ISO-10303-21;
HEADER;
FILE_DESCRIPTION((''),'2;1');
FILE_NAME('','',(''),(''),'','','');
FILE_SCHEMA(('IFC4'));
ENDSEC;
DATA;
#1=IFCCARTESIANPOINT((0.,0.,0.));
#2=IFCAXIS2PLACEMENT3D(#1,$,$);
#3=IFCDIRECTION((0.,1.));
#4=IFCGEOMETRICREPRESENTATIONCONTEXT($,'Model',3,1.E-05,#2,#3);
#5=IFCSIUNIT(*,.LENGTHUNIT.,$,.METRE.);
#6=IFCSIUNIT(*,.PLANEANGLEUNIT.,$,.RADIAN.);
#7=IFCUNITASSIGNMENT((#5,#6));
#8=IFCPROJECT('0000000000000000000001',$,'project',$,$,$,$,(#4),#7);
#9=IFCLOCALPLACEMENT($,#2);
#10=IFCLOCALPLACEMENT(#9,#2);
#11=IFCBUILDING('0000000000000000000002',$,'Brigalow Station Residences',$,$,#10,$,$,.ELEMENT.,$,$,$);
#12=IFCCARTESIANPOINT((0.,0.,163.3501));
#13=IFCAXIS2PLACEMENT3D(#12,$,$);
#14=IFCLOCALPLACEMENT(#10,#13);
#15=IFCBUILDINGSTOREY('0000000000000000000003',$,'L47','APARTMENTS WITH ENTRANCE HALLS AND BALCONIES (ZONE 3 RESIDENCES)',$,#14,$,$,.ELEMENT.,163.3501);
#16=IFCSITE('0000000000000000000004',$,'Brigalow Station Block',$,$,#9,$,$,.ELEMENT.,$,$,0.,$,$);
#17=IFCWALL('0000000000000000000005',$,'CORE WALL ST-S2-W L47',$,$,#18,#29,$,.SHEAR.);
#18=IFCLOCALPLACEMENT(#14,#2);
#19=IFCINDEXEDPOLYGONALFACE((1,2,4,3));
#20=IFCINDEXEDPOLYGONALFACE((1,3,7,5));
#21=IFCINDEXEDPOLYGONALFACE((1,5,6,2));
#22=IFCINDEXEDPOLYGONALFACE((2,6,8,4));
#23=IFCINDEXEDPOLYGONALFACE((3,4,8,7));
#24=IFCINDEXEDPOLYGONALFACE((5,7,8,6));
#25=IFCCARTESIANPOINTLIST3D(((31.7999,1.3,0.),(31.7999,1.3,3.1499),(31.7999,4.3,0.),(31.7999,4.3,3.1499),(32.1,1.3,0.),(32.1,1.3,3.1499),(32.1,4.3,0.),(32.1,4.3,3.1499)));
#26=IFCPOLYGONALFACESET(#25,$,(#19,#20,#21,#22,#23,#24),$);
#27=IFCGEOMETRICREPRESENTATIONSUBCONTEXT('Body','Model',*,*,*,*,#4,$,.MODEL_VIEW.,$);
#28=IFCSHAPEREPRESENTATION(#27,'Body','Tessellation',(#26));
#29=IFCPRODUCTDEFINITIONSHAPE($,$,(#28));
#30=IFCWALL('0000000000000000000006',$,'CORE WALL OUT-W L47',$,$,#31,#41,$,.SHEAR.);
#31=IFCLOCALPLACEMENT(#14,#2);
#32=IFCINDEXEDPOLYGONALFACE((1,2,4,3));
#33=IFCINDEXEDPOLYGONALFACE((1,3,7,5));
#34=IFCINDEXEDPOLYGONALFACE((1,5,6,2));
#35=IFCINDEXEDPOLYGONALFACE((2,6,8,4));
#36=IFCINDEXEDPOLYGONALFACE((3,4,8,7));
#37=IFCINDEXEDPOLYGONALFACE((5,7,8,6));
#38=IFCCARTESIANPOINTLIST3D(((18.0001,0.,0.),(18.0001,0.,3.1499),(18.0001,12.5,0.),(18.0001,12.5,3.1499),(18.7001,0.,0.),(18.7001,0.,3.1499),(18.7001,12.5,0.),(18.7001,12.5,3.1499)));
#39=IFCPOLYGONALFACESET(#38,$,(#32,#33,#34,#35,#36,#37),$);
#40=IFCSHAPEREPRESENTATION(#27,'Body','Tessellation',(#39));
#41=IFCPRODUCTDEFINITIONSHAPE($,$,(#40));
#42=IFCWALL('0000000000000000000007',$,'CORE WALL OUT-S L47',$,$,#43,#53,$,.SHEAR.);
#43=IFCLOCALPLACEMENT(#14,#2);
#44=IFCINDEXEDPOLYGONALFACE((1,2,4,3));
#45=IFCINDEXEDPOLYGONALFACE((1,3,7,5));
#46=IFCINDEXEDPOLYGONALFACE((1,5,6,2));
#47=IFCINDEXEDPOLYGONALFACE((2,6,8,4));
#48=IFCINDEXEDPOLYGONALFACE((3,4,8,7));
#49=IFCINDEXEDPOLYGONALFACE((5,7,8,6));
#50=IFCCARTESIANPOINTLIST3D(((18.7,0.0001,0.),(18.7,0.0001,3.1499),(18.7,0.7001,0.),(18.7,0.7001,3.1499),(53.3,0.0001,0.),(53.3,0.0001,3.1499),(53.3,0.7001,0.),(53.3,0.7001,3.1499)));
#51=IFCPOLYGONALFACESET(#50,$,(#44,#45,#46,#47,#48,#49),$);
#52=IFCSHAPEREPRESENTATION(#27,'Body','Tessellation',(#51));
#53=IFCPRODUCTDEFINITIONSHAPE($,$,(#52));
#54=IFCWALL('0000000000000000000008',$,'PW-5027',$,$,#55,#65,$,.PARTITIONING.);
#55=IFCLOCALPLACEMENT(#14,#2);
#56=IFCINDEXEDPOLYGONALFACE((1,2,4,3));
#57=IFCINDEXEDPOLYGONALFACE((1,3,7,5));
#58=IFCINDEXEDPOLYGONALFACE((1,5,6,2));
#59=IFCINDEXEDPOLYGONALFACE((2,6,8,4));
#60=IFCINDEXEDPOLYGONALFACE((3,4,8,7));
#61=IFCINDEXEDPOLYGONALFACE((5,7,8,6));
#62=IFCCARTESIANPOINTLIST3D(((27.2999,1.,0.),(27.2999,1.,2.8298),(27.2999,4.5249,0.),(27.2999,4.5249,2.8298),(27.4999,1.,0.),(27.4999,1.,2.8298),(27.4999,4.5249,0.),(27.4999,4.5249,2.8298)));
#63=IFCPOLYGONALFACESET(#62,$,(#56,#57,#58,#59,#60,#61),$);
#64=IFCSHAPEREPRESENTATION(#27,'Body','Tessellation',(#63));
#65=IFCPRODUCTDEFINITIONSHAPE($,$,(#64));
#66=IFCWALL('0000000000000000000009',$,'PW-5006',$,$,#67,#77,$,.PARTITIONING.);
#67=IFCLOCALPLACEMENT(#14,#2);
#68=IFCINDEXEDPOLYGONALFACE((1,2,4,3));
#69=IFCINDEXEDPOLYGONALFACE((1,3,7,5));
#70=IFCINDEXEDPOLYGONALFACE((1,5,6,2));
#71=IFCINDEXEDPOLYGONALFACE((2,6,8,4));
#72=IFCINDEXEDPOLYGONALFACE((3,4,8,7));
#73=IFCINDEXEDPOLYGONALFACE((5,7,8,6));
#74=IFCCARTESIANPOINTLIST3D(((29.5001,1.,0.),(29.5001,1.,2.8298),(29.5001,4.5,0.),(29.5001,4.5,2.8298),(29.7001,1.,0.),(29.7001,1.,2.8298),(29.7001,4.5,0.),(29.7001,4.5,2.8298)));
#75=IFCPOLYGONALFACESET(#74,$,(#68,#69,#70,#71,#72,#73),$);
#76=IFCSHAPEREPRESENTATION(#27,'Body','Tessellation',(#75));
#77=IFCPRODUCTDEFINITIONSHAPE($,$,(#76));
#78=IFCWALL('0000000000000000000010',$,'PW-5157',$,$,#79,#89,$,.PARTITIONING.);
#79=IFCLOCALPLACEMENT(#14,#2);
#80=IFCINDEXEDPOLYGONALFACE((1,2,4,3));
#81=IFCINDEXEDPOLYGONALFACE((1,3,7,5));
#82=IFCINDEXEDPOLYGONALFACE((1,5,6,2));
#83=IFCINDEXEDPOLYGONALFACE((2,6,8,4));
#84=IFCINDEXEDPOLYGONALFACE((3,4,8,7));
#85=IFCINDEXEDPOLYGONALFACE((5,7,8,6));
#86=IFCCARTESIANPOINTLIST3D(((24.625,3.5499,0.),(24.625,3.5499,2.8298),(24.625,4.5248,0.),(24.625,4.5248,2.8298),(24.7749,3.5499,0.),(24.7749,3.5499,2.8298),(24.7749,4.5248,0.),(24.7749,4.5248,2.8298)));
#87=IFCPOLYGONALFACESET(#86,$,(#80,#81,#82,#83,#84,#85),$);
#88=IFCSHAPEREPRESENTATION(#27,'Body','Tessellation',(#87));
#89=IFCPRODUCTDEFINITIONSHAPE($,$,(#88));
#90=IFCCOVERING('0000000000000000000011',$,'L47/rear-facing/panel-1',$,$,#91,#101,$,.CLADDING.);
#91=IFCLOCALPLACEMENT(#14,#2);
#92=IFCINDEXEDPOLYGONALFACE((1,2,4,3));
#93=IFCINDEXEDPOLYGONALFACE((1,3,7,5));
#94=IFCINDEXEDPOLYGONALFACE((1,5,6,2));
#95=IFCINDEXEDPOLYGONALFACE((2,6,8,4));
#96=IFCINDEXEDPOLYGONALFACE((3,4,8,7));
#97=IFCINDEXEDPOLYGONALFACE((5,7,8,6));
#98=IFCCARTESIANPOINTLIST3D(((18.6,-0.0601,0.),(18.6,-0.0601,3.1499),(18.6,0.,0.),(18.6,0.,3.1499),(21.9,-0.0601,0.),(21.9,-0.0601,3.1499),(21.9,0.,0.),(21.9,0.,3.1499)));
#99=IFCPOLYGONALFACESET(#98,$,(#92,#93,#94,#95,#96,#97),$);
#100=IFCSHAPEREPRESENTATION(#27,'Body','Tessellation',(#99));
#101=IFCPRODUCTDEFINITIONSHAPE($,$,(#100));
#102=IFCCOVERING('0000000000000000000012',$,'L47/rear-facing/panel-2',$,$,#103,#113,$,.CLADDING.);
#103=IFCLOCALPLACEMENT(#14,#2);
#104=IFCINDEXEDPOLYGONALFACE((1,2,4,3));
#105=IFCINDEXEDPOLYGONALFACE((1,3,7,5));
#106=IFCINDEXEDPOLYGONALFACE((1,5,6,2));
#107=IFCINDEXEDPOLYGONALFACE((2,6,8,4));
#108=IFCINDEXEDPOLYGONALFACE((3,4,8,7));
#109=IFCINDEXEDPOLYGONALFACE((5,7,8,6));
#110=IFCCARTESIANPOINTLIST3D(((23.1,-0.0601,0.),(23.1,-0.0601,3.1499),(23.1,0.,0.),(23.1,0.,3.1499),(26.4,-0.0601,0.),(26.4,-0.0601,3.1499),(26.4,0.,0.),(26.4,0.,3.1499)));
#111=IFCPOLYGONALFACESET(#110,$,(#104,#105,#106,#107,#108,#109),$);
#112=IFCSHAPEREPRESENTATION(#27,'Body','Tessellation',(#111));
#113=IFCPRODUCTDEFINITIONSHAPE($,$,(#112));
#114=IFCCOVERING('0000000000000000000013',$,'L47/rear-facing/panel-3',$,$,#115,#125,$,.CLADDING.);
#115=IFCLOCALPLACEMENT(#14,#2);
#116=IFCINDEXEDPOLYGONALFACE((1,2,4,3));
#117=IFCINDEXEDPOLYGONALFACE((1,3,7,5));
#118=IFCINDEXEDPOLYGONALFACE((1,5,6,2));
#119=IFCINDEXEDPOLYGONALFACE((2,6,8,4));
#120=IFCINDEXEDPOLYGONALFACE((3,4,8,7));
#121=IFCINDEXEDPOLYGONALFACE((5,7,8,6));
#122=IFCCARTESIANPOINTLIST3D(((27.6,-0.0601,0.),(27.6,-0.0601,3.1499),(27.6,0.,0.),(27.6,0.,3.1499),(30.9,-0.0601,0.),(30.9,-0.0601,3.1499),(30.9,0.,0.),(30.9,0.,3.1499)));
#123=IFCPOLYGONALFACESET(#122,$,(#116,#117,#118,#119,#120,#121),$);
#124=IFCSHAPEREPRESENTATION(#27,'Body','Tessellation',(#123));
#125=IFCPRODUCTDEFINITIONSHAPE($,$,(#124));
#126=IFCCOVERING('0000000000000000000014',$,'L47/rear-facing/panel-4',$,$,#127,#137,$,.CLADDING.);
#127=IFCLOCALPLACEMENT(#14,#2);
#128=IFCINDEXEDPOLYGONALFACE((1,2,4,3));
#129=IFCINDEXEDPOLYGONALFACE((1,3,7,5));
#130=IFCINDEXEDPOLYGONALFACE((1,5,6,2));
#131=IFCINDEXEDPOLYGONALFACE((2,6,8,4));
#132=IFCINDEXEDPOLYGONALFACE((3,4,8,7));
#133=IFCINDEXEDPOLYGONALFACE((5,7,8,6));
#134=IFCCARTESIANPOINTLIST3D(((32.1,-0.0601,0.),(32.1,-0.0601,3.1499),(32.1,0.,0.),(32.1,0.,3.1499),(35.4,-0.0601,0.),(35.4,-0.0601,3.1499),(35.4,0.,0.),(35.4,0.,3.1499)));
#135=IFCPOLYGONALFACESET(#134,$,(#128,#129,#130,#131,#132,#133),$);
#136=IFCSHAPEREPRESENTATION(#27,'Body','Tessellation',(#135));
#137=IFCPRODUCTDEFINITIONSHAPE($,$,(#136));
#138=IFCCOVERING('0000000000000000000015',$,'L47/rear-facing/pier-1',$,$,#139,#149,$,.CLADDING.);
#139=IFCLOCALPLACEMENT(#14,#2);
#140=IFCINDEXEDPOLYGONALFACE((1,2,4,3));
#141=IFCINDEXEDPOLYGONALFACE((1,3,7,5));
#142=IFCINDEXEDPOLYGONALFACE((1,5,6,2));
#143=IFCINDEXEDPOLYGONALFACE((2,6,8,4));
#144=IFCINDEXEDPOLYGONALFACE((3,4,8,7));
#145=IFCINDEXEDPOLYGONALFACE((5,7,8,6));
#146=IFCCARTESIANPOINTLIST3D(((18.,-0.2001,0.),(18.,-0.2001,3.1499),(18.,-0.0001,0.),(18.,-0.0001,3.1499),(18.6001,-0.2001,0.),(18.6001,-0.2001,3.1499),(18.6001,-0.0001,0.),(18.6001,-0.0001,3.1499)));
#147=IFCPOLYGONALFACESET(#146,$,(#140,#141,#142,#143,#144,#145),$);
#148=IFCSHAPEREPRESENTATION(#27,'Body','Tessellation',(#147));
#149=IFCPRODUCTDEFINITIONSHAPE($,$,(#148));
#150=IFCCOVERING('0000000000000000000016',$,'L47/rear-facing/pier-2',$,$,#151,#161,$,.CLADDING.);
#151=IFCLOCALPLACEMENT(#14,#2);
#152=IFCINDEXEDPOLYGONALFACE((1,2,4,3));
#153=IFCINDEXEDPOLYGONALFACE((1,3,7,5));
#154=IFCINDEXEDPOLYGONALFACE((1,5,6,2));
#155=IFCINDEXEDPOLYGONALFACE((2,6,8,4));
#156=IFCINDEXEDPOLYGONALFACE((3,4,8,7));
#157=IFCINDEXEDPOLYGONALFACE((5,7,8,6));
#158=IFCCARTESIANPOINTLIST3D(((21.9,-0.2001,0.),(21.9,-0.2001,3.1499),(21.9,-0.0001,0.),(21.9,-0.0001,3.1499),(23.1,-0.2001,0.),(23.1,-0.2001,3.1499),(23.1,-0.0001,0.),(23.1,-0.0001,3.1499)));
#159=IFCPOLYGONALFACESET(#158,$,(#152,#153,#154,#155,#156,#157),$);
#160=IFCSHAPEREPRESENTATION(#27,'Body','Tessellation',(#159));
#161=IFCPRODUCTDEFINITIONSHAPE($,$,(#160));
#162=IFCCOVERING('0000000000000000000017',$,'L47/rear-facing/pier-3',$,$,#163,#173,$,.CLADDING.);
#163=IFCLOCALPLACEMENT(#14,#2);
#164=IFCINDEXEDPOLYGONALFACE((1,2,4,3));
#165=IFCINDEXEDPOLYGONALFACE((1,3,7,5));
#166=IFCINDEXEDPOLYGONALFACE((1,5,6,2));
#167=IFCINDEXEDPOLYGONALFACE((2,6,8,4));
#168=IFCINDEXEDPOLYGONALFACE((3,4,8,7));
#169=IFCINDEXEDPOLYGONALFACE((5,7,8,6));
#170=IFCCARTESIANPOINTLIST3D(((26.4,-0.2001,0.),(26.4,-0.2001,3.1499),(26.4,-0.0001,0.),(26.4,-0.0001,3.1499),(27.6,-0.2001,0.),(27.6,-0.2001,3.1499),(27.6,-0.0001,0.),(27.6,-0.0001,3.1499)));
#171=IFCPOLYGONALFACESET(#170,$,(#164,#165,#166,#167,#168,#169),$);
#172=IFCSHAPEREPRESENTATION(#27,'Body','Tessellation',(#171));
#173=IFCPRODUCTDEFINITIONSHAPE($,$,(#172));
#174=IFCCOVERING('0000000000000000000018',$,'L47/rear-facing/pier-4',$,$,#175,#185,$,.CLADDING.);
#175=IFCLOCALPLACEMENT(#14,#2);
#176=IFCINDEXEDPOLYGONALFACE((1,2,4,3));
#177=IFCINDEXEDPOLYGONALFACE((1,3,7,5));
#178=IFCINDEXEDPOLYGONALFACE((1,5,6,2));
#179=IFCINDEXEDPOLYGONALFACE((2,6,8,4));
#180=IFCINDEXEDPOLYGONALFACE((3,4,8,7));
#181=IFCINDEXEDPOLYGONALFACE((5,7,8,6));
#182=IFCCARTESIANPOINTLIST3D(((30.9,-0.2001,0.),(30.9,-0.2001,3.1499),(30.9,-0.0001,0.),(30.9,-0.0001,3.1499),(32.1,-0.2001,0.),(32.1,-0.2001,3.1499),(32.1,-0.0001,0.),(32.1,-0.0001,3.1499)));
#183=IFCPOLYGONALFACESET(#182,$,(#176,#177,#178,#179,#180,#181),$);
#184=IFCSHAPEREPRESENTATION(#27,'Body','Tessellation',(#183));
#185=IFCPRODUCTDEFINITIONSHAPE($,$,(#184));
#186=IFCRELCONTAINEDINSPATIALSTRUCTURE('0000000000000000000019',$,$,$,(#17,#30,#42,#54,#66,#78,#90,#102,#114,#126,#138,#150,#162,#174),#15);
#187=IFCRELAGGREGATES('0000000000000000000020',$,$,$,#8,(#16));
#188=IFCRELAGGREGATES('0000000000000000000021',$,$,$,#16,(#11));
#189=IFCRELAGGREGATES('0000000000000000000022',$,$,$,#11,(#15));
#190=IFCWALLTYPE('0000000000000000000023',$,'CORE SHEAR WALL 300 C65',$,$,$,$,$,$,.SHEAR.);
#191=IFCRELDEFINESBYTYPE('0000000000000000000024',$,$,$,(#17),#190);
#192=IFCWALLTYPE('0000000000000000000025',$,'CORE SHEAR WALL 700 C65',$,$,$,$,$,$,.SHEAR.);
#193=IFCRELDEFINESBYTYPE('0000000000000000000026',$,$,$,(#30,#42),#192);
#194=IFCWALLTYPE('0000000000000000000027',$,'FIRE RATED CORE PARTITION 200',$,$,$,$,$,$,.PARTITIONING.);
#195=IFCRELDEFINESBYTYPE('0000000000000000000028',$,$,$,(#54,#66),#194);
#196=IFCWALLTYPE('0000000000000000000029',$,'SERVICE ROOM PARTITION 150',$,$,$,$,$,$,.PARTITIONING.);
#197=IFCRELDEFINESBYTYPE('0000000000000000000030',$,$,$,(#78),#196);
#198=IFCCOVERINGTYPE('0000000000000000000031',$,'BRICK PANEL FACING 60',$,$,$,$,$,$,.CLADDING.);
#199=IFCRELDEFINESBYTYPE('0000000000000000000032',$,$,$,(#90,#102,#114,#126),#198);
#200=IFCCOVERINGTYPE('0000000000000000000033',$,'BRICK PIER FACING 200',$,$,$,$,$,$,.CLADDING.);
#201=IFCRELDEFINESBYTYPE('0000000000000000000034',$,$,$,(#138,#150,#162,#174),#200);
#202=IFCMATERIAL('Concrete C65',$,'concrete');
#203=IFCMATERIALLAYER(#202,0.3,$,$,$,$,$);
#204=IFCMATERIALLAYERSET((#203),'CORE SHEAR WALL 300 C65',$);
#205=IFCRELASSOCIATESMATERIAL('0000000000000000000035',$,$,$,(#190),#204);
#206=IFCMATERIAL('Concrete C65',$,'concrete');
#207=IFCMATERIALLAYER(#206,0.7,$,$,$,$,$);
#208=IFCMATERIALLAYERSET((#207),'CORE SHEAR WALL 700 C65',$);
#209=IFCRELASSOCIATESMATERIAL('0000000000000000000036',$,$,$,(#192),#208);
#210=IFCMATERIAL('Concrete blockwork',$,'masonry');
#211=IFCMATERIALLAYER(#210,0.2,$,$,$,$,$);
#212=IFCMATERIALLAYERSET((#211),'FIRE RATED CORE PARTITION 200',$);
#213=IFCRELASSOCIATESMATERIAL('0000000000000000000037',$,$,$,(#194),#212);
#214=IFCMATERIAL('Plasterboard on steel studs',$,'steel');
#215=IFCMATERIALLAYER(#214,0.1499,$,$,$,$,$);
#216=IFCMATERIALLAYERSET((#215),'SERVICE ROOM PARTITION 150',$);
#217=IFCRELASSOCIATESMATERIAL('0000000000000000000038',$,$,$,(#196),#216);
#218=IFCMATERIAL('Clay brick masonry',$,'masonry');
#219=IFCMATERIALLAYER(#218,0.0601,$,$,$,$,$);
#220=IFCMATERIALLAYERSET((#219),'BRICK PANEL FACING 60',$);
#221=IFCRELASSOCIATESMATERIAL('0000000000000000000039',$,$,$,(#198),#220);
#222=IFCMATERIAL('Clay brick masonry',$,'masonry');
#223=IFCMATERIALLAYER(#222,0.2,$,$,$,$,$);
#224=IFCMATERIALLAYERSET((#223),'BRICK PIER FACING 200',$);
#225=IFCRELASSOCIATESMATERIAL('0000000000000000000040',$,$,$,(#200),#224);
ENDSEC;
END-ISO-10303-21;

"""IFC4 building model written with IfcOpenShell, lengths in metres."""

from ifc_helpers import new_model, si_unit, direction, frame, frame_2d, origin, origin_2d, place, context, subcontext, project, spatial, rectangle, extrude, material, layer, layer_set, type_object, element, save


model = new_model("IFC4")

# Units and contexts
model_context = context("Model", 3, precision=1e-05, world=origin(), true_north=direction((0.0, 1.0)))
body_context = subcontext(model_context, "Body", "Model", "MODEL_VIEW")
ifc_project = project(units=[si_unit("LENGTHUNIT", "METRE"), si_unit("PLANEANGLEUNIT", "RADIAN")], contexts=[model_context])

# Site, building, storey
site_placement = place(None, origin())
site = spatial("IfcSite", under=ifc_project, at=site_placement, Name="Brigalow Station Block", CompositionType="ELEMENT", RefElevation=0.0)
building_placement = place(site_placement, origin())
building = spatial("IfcBuilding", under=site, at=building_placement, Name="Brigalow Station Residences", CompositionType="ELEMENT")
storey_placement = place(building_placement, frame((0.0, 0.0, 163.3501)))
storey = spatial("IfcBuildingStorey", under=building, at=storey_placement, Name="L47", Description="APARTMENTS WITH ENTRANCE HALLS AND BALCONIES (ZONE 3 RESIDENCES)", CompositionType="ELEMENT", Elevation=163.3501)

# Shared definitions
ifc_material_1 = material(Name="Concrete C65", Category="concrete")
ifc_layer_1 = layer(ifc_material_1, 0.3)
ifc_layer_set_1 = layer_set([ifc_layer_1], Name="CORE SHEAR WALL 300 C65")
wall_type_1 = type_object("IfcWallType", Name="CORE SHEAR WALL 300 C65", PredefinedType="SHEAR", material=ifc_layer_set_1)

# Walls
wall_1_placement = place(storey_placement, frame((31.95, 1.3, 0.0), z_axis=(0.0, 0.0, 1.0), x_axis=(0.0, 1.0, 0.0)))
element("IfcWall", 1, at=wall_1_placement, inside=storey, type_object=wall_type_1, Name="CORE WALL ST-S2-W L47", PredefinedType="SHEAR", context=body_context, shape_type="SweptSolid", body=[
    extrude(rectangle(XDim=3.0, YDim=0.3, at=frame_2d((1.5, 0.0))), origin(), (0.0, 0.0, 1.0), 3.1499),
])
ifc_material_2 = material(Name="Concrete C65", Category="concrete")
ifc_layer_2 = layer(ifc_material_2, 0.7)
ifc_layer_set_2 = layer_set([ifc_layer_2], Name="CORE SHEAR WALL 700 C65")
wall_type_2 = type_object("IfcWallType", Name="CORE SHEAR WALL 700 C65", PredefinedType="SHEAR", material=ifc_layer_set_2)
wall_2_placement = place(storey_placement, frame((18.3501, 0.0, 0.0), z_axis=(0.0, 0.0, 1.0), x_axis=(0.0, 1.0, 0.0)))
element("IfcWall", 2, at=wall_2_placement, inside=storey, type_object=wall_type_2, Name="CORE WALL OUT-W L47", PredefinedType="SHEAR", context=body_context, shape_type="SweptSolid", body=[
    extrude(rectangle(XDim=12.5, YDim=0.7, at=frame_2d((6.25, 0.0))), origin(), (0.0, 0.0, 1.0), 3.1499),
])
wall_3_placement = place(storey_placement, frame((18.7, 0.3501, 0.0), z_axis=(0.0, 0.0, 1.0), x_axis=(1.0, 0.0, 0.0)))
element("IfcWall", 3, at=wall_3_placement, inside=storey, type_object=wall_type_2, Name="CORE WALL OUT-S L47", PredefinedType="SHEAR", context=body_context, shape_type="SweptSolid", body=[
    extrude(rectangle(XDim=34.6001, YDim=0.7, at=frame_2d((17.3, 0.0))), origin(), (0.0, 0.0, 1.0), 3.1499),
])
ifc_material_3 = material(Name="Concrete blockwork", Category="masonry")
ifc_layer_3 = layer(ifc_material_3, 0.2)
ifc_layer_set_3 = layer_set([ifc_layer_3], Name="FIRE RATED CORE PARTITION 200")
wall_type_3 = type_object("IfcWallType", Name="FIRE RATED CORE PARTITION 200", PredefinedType="PARTITIONING", material=ifc_layer_set_3)
wall_4_placement = place(storey_placement, frame((27.3999, 1.0, 0.0), z_axis=(0.0, 0.0, 1.0), x_axis=(0.0, 1.0, 0.0)))
element("IfcWall", 4, at=wall_4_placement, inside=storey, type_object=wall_type_3, Name="PW-5027", PredefinedType="PARTITIONING", context=body_context, shape_type="SweptSolid", body=[
    extrude(rectangle(XDim=3.5249, YDim=0.2, at=frame_2d((1.7625, 0.0))), origin(), (0.0, 0.0, 1.0), 2.8298),
])
wall_5_placement = place(storey_placement, frame((29.6001, 1.0, 0.0), z_axis=(0.0, 0.0, 1.0), x_axis=(0.0, 1.0, 0.0)))
element("IfcWall", 5, at=wall_5_placement, inside=storey, type_object=wall_type_3, Name="PW-5006", PredefinedType="PARTITIONING", context=body_context, shape_type="SweptSolid", body=[
    extrude(rectangle(XDim=3.5, YDim=0.2, at=frame_2d((1.75, 0.0))), origin(), (0.0, 0.0, 1.0), 2.8298),
])
ifc_material_4 = material(Name="Plasterboard on steel studs", Category="steel")
ifc_layer_4 = layer(ifc_material_4, 0.1499)
ifc_layer_set_4 = layer_set([ifc_layer_4], Name="SERVICE ROOM PARTITION 150")
wall_type_4 = type_object("IfcWallType", Name="SERVICE ROOM PARTITION 150", PredefinedType="PARTITIONING", material=ifc_layer_set_4)
wall_6_placement = place(storey_placement, frame((24.7, 3.55, 0.0), z_axis=(0.0, 0.0, 1.0), x_axis=(0.0, 1.0, 0.0)))
element("IfcWall", 6, at=wall_6_placement, inside=storey, type_object=wall_type_4, Name="PW-5157", PredefinedType="PARTITIONING", context=body_context, shape_type="SweptSolid", body=[
    extrude(rectangle(XDim=0.9749, YDim=0.1499, at=frame_2d((0.4873, 0.0))), origin(), (0.0, 0.0, 1.0), 2.8298),
])

# Coverings
ifc_material_5 = material(Name="Clay brick masonry", Category="masonry")
ifc_layer_5 = layer(ifc_material_5, 0.0601)
ifc_layer_set_5 = layer_set([ifc_layer_5], Name="BRICK PANEL FACING 60")
covering_type_1 = type_object("IfcCoveringType", Name="BRICK PANEL FACING 60", PredefinedType="CLADDING", material=ifc_layer_set_5)
for number, where, z_axis, x_axis, name in (
    (7, (20.25, -0.03, 0.0), (0.0, 0.0, 1.0), (1.0, 0.0, 0.0), "L47/rear-facing/panel-1"),
    (8, (24.75, -0.03, 0.0), (0.0, 0.0, 1.0), (1.0, 0.0, 0.0), "L47/rear-facing/panel-2"),
    (9, (29.25, -0.03, 0.0), (0.0, 0.0, 1.0), (1.0, 0.0, 0.0), "L47/rear-facing/panel-3"),
    (10, (33.75, -0.03, 0.0), (0.0, 0.0, 1.0), (1.0, 0.0, 0.0), "L47/rear-facing/panel-4"),
):
    element("IfcCovering", number, at=place(storey_placement, frame(where, z_axis=z_axis, x_axis=x_axis)), inside=storey, type_object=covering_type_1, Name=name, PredefinedType="CLADDING", context=body_context, shape_type="SweptSolid", body=[
        extrude(rectangle(XDim=3.3, YDim=0.0601, at=origin_2d()), origin(), (0.0, 0.0, 1.0), 3.1499),
    ])
ifc_material_6 = material(Name="Clay brick masonry", Category="masonry")
ifc_layer_6 = layer(ifc_material_6, 0.2)
ifc_layer_set_6 = layer_set([ifc_layer_6], Name="BRICK PIER FACING 200")
covering_type_2 = type_object("IfcCoveringType", Name="BRICK PIER FACING 200", PredefinedType="CLADDING", material=ifc_layer_set_6)
covering_placement = place(storey_placement, frame((18.3, -0.1001, 0.0), z_axis=(0.0, 0.0, 1.0), x_axis=(1.0, 0.0, 0.0)))
element("IfcCovering", 11, at=covering_placement, inside=storey, type_object=covering_type_2, Name="L47/rear-facing/pier-1", PredefinedType="CLADDING", context=body_context, shape_type="SweptSolid", body=[
    extrude(rectangle(XDim=0.6001, YDim=0.2, at=origin_2d()), origin(), (0.0, 0.0, 1.0), 3.1499),
])
for number, where, z_axis, x_axis, name in (
    (12, (22.5, -0.1001, 0.0), (0.0, 0.0, 1.0), (1.0, 0.0, 0.0), "L47/rear-facing/pier-2"),
    (13, (27.0, -0.1001, 0.0), (0.0, 0.0, 1.0), (1.0, 0.0, 0.0), "L47/rear-facing/pier-3"),
    (14, (31.5, -0.1001, 0.0), (0.0, 0.0, 1.0), (1.0, 0.0, 0.0), "L47/rear-facing/pier-4"),
):
    element("IfcCovering", number, at=place(storey_placement, frame(where, z_axis=z_axis, x_axis=x_axis)), inside=storey, type_object=covering_type_2, Name=name, PredefinedType="CLADDING", context=body_context, shape_type="SweptSolid", body=[
        extrude(rectangle(XDim=1.2, YDim=0.2, at=origin_2d()), origin(), (0.0, 0.0, 1.0), 3.1499),
    ])

save(model, "model.ifc")
